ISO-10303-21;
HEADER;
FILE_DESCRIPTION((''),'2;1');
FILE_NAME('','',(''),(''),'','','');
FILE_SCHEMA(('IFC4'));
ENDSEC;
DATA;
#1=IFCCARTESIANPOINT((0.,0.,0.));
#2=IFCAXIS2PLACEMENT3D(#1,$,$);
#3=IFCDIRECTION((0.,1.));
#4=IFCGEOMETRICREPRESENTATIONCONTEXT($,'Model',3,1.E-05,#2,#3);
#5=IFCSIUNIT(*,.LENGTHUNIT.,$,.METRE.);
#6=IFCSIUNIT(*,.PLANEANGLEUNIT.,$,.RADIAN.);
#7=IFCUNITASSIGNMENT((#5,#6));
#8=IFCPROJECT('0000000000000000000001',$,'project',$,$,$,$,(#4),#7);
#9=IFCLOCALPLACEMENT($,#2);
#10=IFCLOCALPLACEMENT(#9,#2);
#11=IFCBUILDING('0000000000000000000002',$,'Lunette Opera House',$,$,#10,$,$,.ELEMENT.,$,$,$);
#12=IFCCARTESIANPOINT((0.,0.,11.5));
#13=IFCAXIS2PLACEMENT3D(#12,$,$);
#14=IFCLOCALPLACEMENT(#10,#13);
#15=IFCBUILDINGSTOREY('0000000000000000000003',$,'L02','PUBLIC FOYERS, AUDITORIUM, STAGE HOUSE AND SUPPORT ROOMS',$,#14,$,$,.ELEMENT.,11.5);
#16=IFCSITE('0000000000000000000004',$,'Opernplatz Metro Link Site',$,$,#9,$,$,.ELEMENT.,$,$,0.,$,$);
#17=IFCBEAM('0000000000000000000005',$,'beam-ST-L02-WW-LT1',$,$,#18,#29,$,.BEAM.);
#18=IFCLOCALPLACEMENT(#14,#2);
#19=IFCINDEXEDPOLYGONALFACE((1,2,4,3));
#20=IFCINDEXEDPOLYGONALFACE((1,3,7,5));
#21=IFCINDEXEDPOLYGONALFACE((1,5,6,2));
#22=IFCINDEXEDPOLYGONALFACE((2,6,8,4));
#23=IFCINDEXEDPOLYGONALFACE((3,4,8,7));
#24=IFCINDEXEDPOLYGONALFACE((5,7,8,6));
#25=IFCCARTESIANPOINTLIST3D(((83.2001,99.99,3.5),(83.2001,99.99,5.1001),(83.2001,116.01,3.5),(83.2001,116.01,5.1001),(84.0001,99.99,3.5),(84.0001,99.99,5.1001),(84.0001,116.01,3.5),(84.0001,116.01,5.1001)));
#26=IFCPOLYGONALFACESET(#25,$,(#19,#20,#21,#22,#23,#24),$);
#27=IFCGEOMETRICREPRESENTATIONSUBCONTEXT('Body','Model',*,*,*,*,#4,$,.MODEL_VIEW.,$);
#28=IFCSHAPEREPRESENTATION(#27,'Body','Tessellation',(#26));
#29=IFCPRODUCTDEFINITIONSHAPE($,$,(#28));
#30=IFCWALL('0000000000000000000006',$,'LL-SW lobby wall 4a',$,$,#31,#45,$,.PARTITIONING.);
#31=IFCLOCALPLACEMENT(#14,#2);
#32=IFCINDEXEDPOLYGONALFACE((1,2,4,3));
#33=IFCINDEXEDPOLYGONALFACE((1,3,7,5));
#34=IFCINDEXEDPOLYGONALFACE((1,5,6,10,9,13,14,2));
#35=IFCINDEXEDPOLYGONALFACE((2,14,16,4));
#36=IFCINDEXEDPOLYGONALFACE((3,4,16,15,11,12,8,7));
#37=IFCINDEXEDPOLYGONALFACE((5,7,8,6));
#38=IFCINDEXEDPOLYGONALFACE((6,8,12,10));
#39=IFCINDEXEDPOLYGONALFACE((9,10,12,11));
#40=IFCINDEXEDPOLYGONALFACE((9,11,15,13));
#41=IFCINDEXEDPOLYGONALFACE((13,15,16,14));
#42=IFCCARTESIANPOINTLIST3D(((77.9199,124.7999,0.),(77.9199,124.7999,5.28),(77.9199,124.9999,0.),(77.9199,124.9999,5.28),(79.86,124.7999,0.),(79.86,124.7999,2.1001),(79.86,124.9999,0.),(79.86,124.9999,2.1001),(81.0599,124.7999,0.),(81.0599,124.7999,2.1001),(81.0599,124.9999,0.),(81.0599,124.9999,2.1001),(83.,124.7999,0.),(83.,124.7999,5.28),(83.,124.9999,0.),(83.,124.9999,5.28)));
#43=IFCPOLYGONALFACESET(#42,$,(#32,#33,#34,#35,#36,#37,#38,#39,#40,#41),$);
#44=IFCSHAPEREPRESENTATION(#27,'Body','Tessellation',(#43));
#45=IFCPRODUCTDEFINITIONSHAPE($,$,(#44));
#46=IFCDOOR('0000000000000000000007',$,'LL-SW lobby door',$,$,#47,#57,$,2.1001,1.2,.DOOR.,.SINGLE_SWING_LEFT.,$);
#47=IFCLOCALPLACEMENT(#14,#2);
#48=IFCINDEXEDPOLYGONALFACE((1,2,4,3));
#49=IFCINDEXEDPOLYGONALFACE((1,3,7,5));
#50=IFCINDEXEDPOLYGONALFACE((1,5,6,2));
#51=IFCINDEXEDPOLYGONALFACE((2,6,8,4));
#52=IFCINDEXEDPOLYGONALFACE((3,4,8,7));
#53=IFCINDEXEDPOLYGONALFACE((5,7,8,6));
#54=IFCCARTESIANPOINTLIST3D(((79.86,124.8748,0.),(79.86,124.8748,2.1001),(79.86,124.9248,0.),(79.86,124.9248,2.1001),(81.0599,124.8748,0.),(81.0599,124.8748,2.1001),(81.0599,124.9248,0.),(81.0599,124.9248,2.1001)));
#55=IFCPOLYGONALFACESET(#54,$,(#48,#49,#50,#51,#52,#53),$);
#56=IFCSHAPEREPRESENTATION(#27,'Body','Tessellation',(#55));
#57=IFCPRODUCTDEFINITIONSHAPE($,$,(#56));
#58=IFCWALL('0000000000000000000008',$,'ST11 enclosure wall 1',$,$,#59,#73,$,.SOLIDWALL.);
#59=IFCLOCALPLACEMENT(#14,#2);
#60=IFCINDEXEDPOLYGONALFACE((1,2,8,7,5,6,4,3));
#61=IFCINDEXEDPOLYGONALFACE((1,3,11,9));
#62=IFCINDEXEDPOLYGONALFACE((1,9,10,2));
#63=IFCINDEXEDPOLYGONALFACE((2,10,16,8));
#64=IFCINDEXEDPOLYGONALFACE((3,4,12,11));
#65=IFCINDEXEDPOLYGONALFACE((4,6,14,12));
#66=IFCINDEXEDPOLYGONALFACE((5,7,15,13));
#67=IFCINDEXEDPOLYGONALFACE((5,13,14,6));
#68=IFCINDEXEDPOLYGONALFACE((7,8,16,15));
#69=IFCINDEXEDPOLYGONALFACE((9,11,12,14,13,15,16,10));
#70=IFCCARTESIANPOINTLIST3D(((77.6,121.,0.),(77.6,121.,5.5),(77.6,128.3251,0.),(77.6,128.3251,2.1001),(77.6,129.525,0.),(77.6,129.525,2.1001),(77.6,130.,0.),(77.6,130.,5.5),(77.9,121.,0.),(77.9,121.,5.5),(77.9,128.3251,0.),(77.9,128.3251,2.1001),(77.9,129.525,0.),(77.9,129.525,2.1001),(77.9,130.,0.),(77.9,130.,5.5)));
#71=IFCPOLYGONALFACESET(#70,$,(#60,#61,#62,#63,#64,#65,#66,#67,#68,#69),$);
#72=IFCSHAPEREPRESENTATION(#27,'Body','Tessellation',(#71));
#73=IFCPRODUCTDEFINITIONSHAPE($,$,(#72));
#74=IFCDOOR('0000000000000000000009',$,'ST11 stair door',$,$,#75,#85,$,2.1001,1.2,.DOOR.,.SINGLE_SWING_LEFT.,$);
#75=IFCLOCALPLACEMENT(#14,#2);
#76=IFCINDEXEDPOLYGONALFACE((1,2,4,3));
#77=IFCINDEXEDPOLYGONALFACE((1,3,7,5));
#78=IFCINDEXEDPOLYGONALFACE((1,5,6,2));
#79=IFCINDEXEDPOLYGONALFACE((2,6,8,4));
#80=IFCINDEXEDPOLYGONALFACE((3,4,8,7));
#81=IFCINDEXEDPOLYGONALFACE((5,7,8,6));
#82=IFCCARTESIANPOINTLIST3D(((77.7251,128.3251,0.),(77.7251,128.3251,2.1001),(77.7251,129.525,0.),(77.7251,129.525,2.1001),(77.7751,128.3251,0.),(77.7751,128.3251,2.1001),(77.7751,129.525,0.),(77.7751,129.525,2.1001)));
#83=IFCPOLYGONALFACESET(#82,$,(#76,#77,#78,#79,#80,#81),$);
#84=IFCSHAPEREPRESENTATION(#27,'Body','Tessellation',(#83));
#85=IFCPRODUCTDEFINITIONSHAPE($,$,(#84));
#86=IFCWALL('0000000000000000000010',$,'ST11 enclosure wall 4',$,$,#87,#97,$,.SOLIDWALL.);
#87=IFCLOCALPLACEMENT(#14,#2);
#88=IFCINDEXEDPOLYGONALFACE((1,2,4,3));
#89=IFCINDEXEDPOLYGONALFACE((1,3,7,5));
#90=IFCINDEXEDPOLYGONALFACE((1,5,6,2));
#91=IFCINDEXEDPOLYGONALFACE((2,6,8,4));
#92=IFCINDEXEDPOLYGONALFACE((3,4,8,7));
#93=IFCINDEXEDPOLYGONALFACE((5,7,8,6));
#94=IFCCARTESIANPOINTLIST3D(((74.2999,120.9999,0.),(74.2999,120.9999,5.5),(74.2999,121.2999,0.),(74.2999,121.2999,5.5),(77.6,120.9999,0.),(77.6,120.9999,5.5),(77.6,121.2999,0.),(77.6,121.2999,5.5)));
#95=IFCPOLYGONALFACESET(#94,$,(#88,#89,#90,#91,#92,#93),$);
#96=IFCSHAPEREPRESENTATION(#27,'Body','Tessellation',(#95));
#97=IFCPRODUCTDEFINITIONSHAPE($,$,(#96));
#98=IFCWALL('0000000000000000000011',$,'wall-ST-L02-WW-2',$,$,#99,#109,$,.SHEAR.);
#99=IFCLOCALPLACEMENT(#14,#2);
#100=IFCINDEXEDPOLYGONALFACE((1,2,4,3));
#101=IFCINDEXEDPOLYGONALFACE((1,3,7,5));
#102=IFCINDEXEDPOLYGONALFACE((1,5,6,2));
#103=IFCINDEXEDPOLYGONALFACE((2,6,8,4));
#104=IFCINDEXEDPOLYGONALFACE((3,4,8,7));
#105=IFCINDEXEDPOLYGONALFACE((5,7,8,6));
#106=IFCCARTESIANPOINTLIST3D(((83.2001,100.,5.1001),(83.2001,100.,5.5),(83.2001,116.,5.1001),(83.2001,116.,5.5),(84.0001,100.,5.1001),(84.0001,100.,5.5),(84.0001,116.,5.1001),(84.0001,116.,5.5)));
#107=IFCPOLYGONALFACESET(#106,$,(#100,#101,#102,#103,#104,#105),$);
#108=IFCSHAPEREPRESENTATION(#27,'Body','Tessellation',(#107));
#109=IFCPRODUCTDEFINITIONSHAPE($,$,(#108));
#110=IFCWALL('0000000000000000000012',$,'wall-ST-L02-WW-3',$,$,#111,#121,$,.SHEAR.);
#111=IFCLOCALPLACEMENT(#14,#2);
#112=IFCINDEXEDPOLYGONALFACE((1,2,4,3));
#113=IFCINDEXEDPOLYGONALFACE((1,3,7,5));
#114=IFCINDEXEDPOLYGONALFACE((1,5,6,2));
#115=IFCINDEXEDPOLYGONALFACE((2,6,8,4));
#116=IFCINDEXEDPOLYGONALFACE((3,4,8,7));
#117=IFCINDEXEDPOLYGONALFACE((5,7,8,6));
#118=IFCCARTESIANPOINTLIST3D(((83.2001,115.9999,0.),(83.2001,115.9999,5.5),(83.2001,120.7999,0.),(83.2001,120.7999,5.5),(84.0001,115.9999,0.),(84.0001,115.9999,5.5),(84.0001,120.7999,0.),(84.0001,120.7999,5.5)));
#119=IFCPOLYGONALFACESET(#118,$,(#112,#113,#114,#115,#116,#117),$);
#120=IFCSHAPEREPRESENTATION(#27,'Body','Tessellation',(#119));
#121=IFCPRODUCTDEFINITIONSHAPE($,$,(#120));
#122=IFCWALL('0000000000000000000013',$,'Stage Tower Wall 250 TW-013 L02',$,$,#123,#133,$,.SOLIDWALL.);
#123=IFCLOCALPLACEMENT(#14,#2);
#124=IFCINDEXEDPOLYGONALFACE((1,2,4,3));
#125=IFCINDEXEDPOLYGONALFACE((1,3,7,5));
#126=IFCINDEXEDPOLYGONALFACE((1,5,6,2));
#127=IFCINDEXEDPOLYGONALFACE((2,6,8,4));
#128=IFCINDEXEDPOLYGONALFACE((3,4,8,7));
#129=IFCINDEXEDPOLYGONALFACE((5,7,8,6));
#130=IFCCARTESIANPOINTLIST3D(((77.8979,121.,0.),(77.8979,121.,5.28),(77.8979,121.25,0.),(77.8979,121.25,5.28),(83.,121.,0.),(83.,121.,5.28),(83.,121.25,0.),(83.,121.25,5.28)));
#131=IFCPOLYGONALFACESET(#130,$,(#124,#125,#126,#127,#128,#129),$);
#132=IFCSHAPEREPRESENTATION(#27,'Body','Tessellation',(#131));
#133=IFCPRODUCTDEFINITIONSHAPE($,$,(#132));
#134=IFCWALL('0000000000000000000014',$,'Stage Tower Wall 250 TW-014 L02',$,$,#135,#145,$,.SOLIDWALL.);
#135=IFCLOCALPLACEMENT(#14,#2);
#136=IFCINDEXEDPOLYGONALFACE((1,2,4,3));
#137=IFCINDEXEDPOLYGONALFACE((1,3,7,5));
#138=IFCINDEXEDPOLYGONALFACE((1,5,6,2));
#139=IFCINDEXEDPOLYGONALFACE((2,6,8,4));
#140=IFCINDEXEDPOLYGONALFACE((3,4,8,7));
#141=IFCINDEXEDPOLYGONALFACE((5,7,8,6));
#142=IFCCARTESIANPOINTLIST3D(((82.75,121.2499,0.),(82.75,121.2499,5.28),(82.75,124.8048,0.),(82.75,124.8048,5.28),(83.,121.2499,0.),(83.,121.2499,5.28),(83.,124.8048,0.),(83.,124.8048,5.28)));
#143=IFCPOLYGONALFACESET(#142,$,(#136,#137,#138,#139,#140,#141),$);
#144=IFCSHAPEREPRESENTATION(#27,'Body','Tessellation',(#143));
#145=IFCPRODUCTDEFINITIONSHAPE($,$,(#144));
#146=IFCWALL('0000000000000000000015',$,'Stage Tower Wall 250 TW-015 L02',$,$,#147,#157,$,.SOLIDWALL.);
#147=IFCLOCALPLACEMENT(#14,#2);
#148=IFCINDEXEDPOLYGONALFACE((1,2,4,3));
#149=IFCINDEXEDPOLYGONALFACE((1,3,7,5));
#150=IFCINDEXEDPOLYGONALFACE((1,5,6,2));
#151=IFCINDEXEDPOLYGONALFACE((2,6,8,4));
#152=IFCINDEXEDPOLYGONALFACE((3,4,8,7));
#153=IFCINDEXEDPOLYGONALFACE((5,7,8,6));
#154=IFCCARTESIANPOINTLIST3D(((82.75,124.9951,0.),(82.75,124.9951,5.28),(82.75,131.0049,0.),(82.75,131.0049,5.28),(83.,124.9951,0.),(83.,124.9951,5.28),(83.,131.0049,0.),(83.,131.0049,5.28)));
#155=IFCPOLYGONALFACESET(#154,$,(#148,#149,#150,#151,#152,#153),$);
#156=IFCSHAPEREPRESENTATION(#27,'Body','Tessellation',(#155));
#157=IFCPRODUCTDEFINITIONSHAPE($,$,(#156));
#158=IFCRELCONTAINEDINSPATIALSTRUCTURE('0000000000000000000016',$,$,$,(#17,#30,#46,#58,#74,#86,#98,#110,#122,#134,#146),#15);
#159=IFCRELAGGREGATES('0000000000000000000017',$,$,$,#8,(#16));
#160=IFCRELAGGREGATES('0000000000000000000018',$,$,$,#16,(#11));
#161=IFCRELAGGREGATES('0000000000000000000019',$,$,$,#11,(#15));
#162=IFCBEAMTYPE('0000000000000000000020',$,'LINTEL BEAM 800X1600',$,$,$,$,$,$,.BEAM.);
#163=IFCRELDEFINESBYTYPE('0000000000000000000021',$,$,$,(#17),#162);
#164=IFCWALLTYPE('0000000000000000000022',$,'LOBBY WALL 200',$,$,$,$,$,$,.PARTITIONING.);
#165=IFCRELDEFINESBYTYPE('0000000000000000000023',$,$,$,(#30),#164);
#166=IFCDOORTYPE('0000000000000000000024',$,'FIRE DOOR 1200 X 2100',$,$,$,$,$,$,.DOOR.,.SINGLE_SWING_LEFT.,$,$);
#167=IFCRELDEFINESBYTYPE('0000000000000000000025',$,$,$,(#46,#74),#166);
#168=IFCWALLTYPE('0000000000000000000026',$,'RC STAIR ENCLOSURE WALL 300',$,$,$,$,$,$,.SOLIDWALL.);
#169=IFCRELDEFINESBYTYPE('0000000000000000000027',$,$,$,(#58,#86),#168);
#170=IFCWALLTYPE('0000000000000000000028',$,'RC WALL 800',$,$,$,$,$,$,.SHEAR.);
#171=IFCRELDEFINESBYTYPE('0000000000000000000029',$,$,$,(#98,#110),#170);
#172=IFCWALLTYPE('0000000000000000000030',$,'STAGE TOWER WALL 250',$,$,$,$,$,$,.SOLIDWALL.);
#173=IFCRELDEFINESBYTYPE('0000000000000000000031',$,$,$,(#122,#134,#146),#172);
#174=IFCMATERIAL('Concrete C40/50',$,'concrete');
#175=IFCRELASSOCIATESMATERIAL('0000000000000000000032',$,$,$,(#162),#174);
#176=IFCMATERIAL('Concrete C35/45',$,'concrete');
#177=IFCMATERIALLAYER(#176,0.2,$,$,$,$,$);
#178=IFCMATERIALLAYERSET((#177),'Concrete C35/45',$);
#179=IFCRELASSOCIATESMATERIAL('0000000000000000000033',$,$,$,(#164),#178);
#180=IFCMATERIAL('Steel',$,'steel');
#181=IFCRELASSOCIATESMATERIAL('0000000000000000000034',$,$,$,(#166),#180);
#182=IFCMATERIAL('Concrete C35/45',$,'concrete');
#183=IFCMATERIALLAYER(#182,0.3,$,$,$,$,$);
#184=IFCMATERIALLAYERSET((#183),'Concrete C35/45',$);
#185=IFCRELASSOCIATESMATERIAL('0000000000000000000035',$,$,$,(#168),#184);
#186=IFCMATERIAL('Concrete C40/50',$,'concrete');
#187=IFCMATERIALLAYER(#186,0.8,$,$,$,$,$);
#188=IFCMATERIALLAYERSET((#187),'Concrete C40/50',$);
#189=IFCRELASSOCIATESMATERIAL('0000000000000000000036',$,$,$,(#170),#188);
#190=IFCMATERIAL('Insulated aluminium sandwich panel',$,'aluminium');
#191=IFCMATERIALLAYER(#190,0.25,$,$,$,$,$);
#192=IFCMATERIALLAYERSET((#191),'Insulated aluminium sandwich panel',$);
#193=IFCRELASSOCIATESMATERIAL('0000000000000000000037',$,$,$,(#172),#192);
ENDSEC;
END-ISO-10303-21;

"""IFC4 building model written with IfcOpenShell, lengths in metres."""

from ifc_helpers import new_model, si_unit, direction, frame, frame_2d, origin, origin_2d, place, context, subcontext, project, spatial, rectangle, extrude, material, layer, layer_set, material_profile, profile_set, type_object, element, fill, save


model = new_model("IFC4")

# Units and contexts
model_context = context("Model", 3, precision=1e-05, world=origin(), true_north=direction((0.0, 1.0)))
body_context = subcontext(model_context, "Body", "Model", "MODEL_VIEW")
ifc_project = project(units=[si_unit("LENGTHUNIT", "METRE"), si_unit("PLANEANGLEUNIT", "RADIAN")], contexts=[model_context])

# Site, building, storey
site_placement = place(None, origin())
site = spatial("IfcSite", under=ifc_project, at=site_placement, Name="Opernplatz Metro Link Site", CompositionType="ELEMENT", RefElevation=0.0)
building_placement = place(site_placement, origin())
building = spatial("IfcBuilding", under=site, at=building_placement, Name="Lunette Opera House", CompositionType="ELEMENT")
storey_placement = place(building_placement, frame((0.0, 0.0, 11.5)))
storey = spatial("IfcBuildingStorey", under=building, at=storey_placement, Name="L02", Description="PUBLIC FOYERS, AUDITORIUM, STAGE HOUSE AND SUPPORT ROOMS", CompositionType="ELEMENT", Elevation=11.5)

# Beam
ifc_material_1 = material(Name="Concrete C40/50", Category="concrete")
ifc_material_profile = material_profile(ifc_material_1, rectangle(XDim=0.8, YDim=1.6001, at=origin_2d()), Name="LINTEL BEAM 800X1600")
ifc_profile_set = profile_set([ifc_material_profile], Name="Concrete C40/50")
beam_type = type_object("IfcBeamType", Name="LINTEL BEAM 800X1600", PredefinedType="BEAM", material=ifc_profile_set)
beam_placement = place(storey_placement, frame((83.6001, 99.99, 4.3), z_axis=(0.0, 1.0, 0.0), x_axis=(-1.0, 0.0, 0.0)))
element("IfcBeam", 1, at=beam_placement, inside=storey, type_object=beam_type, Name="beam-ST-L02-WW-LT1", PredefinedType="BEAM", context=body_context, shape_type="SweptSolid", body=[
    extrude(rectangle(XDim=0.8, YDim=1.6001, at=origin_2d()), origin(), (0.0, 0.0, 1.0), 16.02),
])

# Walls, openings, doors
ifc_material_2 = material(Name="Concrete C35/45", Category="concrete")
ifc_layer_1 = layer(ifc_material_2, 0.2)
ifc_layer_set_1 = layer_set([ifc_layer_1], Name="Concrete C35/45")
wall_type_1 = type_object("IfcWallType", Name="LOBBY WALL 200", PredefinedType="PARTITIONING", material=ifc_layer_set_1)
wall_1_placement = place(storey_placement, frame((77.9199, 124.8999, 0.0), z_axis=(0.0, 0.0, 1.0), x_axis=(1.0, 0.0, 0.0)))
wall_1 = element("IfcWall", 2, at=wall_1_placement, inside=storey, type_object=wall_type_1, Name="LL-SW lobby wall 4a", PredefinedType="PARTITIONING", context=body_context, shape_type="SweptSolid", body=[
    extrude(rectangle(XDim=5.0801, YDim=0.2, at=frame_2d((2.54, 0.0))), origin(), (0.0, 0.0, 1.0), 5.28),
])
opening_1_placement = place(wall_1_placement, frame((1.9399, 0.0, 0.0)))
opening_1 = element("IfcOpeningElement", 3, at=opening_1_placement, cuts=wall_1, PredefinedType="OPENING", context=body_context, shape_type="SweptSolid", body=[
    extrude(rectangle(XDim=1.2, YDim=2.1001, at=frame_2d((0.6001, 1.05))), frame((0.0, 0.1121, 0.0), z_axis=(0.0, -1.0, 0.0), x_axis=(1.0, 0.0, 0.0)), (0.0, 0.0, 1.0), 0.2239),
])
ifc_material_3 = material(Name="Steel", Category="steel")
door_type = type_object("IfcDoorType", Name="FIRE DOOR 1200 X 2100", OperationType="SINGLE_SWING_LEFT", PredefinedType="DOOR", material=ifc_material_3)
door_1_placement = place(opening_1_placement, origin())
door_1 = element("IfcDoor", 4, at=door_1_placement, inside=storey, type_object=door_type, Name="LL-SW lobby door", OperationType="SINGLE_SWING_LEFT", OverallHeight=2.1001, OverallWidth=1.2, PredefinedType="DOOR", context=body_context, shape_type="SweptSolid", body=[
    extrude(rectangle(XDim=1.2, YDim=2.1001, at=frame_2d((0.6001, 1.05))), frame((0.0, 0.0249, 0.0), z_axis=(0.0, -1.0, 0.0), x_axis=(1.0, 0.0, 0.0)), (0.0, 0.0, 1.0), 0.05),
])
fill(opening_1, door_1)
ifc_material_4 = material(Name="Concrete C35/45", Category="concrete")
ifc_layer_2 = layer(ifc_material_4, 0.3)
ifc_layer_set_2 = layer_set([ifc_layer_2], Name="Concrete C35/45")
wall_type_2 = type_object("IfcWallType", Name="RC STAIR ENCLOSURE WALL 300", PredefinedType="SOLIDWALL", material=ifc_layer_set_2)
wall_2_placement = place(storey_placement, frame((77.75, 121.0, 0.0), z_axis=(0.0, 0.0, 1.0), x_axis=(0.0, 1.0, 0.0)))
wall_2 = element("IfcWall", 5, at=wall_2_placement, inside=storey, type_object=wall_type_2, Name="ST11 enclosure wall 1", PredefinedType="SOLIDWALL", context=body_context, shape_type="SweptSolid", body=[
    extrude(rectangle(XDim=9.0, YDim=0.3, at=frame_2d((4.5, 0.0))), origin(), (0.0, 0.0, 1.0), 5.5),
])
opening_2_placement = place(wall_2_placement, frame((7.325, 0.0, 0.0)))
opening_2 = element("IfcOpeningElement", 6, at=opening_2_placement, cuts=wall_2, PredefinedType="OPENING", context=body_context, shape_type="SweptSolid", body=[
    extrude(rectangle(XDim=1.2, YDim=2.1001, at=frame_2d((0.6001, 1.05))), frame((0.0, 0.1621, 0.0), z_axis=(0.0, -1.0, 0.0), x_axis=(1.0, 0.0, 0.0)), (0.0, 0.0, 1.0), 0.324),
])
door_2_placement = place(opening_2_placement, origin())
door_2 = element("IfcDoor", 7, at=door_2_placement, inside=storey, type_object=door_type, Name="ST11 stair door", OperationType="SINGLE_SWING_LEFT", OverallHeight=2.1001, OverallWidth=1.2, PredefinedType="DOOR", context=body_context, shape_type="SweptSolid", body=[
    extrude(rectangle(XDim=1.2, YDim=2.1001, at=frame_2d((0.6001, 1.05))), frame((0.0, 0.0249, 0.0), z_axis=(0.0, -1.0, 0.0), x_axis=(1.0, 0.0, 0.0)), (0.0, 0.0, 1.0), 0.05),
])
fill(opening_2, door_2)

# Walls
wall_3_placement = place(storey_placement, frame((74.3, 121.1499, 0.0), z_axis=(0.0, 0.0, 1.0), x_axis=(1.0, 0.0, 0.0)))
element("IfcWall", 8, at=wall_3_placement, inside=storey, type_object=wall_type_2, Name="ST11 enclosure wall 4", PredefinedType="SOLIDWALL", context=body_context, shape_type="SweptSolid", body=[
    extrude(rectangle(XDim=3.3, YDim=0.3, at=frame_2d((1.6499, 0.0))), origin(), (0.0, 0.0, 1.0), 5.5),
])
ifc_material_5 = material(Name="Concrete C40/50", Category="concrete")
ifc_layer_3 = layer(ifc_material_5, 0.8)
ifc_layer_set_3 = layer_set([ifc_layer_3], Name="Concrete C40/50")
wall_type_3 = type_object("IfcWallType", Name="RC WALL 800", PredefinedType="SHEAR", material=ifc_layer_set_3)
wall_4_placement = place(storey_placement, frame((83.6001, 100.0, 5.1001), z_axis=(0.0, 0.0, 1.0), x_axis=(0.0, 1.0, 0.0)))
element("IfcWall", 9, at=wall_4_placement, inside=storey, type_object=wall_type_3, Name="wall-ST-L02-WW-2", PredefinedType="SHEAR", context=body_context, shape_type="SweptSolid", body=[
    extrude(rectangle(XDim=16.0, YDim=0.8, at=frame_2d((8.0, 0.0))), origin(), (0.0, 0.0, 1.0), 0.3999),
])
wall_5_placement = place(storey_placement, frame((83.6001, 116.0, 0.0), z_axis=(0.0, 0.0, 1.0), x_axis=(0.0, 1.0, 0.0)))
element("IfcWall", 10, at=wall_5_placement, inside=storey, type_object=wall_type_3, Name="wall-ST-L02-WW-3", PredefinedType="SHEAR", context=body_context, shape_type="SweptSolid", body=[
    extrude(rectangle(XDim=4.8, YDim=0.8, at=frame_2d((2.3999, 0.0))), origin(), (0.0, 0.0, 1.0), 5.5),
])
ifc_material_6 = material(Name="Insulated aluminium sandwich panel", Category="aluminium")
ifc_layer_4 = layer(ifc_material_6, 0.25)
ifc_layer_set_4 = layer_set([ifc_layer_4], Name="Insulated aluminium sandwich panel")
wall_type_4 = type_object("IfcWallType", Name="STAGE TOWER WALL 250", PredefinedType="SOLIDWALL", material=ifc_layer_set_4)
wall_6_placement = place(storey_placement, frame((77.8979, 121.125, 0.0), z_axis=(0.0, 0.0, 1.0), x_axis=(1.0, 0.0, 0.0)))
element("IfcWall", 11, at=wall_6_placement, inside=storey, type_object=wall_type_4, Name="Stage Tower Wall 250 TW-013 L02", PredefinedType="SOLIDWALL", context=body_context, shape_type="SweptSolid", body=[
    extrude(rectangle(XDim=5.1021, YDim=0.25, at=frame_2d((2.551, 0.0))), origin(), (0.0, 0.0, 1.0), 5.28),
])
wall_7_placement = place(storey_placement, frame((82.875, 121.25, 0.0), z_axis=(0.0, 0.0, 1.0), x_axis=(0.0, 1.0, 0.0)))
element("IfcWall", 12, at=wall_7_placement, inside=storey, type_object=wall_type_4, Name="Stage Tower Wall 250 TW-014 L02", PredefinedType="SOLIDWALL", context=body_context, shape_type="SweptSolid", body=[
    extrude(rectangle(XDim=3.5549, YDim=0.25, at=frame_2d((1.7773, 0.0))), origin(), (0.0, 0.0, 1.0), 5.28),
])
wall_8_placement = place(storey_placement, frame((82.875, 124.9951, 0.0), z_axis=(0.0, 0.0, 1.0), x_axis=(0.0, 1.0, 0.0)))
element("IfcWall", 13, at=wall_8_placement, inside=storey, type_object=wall_type_4, Name="Stage Tower Wall 250 TW-015 L02", PredefinedType="SOLIDWALL", context=body_context, shape_type="SweptSolid", body=[
    extrude(rectangle(XDim=6.0098, YDim=0.25, at=frame_2d((3.0049, 0.0))), origin(), (0.0, 0.0, 1.0), 5.28),
])

save(model, "model.ifc")
